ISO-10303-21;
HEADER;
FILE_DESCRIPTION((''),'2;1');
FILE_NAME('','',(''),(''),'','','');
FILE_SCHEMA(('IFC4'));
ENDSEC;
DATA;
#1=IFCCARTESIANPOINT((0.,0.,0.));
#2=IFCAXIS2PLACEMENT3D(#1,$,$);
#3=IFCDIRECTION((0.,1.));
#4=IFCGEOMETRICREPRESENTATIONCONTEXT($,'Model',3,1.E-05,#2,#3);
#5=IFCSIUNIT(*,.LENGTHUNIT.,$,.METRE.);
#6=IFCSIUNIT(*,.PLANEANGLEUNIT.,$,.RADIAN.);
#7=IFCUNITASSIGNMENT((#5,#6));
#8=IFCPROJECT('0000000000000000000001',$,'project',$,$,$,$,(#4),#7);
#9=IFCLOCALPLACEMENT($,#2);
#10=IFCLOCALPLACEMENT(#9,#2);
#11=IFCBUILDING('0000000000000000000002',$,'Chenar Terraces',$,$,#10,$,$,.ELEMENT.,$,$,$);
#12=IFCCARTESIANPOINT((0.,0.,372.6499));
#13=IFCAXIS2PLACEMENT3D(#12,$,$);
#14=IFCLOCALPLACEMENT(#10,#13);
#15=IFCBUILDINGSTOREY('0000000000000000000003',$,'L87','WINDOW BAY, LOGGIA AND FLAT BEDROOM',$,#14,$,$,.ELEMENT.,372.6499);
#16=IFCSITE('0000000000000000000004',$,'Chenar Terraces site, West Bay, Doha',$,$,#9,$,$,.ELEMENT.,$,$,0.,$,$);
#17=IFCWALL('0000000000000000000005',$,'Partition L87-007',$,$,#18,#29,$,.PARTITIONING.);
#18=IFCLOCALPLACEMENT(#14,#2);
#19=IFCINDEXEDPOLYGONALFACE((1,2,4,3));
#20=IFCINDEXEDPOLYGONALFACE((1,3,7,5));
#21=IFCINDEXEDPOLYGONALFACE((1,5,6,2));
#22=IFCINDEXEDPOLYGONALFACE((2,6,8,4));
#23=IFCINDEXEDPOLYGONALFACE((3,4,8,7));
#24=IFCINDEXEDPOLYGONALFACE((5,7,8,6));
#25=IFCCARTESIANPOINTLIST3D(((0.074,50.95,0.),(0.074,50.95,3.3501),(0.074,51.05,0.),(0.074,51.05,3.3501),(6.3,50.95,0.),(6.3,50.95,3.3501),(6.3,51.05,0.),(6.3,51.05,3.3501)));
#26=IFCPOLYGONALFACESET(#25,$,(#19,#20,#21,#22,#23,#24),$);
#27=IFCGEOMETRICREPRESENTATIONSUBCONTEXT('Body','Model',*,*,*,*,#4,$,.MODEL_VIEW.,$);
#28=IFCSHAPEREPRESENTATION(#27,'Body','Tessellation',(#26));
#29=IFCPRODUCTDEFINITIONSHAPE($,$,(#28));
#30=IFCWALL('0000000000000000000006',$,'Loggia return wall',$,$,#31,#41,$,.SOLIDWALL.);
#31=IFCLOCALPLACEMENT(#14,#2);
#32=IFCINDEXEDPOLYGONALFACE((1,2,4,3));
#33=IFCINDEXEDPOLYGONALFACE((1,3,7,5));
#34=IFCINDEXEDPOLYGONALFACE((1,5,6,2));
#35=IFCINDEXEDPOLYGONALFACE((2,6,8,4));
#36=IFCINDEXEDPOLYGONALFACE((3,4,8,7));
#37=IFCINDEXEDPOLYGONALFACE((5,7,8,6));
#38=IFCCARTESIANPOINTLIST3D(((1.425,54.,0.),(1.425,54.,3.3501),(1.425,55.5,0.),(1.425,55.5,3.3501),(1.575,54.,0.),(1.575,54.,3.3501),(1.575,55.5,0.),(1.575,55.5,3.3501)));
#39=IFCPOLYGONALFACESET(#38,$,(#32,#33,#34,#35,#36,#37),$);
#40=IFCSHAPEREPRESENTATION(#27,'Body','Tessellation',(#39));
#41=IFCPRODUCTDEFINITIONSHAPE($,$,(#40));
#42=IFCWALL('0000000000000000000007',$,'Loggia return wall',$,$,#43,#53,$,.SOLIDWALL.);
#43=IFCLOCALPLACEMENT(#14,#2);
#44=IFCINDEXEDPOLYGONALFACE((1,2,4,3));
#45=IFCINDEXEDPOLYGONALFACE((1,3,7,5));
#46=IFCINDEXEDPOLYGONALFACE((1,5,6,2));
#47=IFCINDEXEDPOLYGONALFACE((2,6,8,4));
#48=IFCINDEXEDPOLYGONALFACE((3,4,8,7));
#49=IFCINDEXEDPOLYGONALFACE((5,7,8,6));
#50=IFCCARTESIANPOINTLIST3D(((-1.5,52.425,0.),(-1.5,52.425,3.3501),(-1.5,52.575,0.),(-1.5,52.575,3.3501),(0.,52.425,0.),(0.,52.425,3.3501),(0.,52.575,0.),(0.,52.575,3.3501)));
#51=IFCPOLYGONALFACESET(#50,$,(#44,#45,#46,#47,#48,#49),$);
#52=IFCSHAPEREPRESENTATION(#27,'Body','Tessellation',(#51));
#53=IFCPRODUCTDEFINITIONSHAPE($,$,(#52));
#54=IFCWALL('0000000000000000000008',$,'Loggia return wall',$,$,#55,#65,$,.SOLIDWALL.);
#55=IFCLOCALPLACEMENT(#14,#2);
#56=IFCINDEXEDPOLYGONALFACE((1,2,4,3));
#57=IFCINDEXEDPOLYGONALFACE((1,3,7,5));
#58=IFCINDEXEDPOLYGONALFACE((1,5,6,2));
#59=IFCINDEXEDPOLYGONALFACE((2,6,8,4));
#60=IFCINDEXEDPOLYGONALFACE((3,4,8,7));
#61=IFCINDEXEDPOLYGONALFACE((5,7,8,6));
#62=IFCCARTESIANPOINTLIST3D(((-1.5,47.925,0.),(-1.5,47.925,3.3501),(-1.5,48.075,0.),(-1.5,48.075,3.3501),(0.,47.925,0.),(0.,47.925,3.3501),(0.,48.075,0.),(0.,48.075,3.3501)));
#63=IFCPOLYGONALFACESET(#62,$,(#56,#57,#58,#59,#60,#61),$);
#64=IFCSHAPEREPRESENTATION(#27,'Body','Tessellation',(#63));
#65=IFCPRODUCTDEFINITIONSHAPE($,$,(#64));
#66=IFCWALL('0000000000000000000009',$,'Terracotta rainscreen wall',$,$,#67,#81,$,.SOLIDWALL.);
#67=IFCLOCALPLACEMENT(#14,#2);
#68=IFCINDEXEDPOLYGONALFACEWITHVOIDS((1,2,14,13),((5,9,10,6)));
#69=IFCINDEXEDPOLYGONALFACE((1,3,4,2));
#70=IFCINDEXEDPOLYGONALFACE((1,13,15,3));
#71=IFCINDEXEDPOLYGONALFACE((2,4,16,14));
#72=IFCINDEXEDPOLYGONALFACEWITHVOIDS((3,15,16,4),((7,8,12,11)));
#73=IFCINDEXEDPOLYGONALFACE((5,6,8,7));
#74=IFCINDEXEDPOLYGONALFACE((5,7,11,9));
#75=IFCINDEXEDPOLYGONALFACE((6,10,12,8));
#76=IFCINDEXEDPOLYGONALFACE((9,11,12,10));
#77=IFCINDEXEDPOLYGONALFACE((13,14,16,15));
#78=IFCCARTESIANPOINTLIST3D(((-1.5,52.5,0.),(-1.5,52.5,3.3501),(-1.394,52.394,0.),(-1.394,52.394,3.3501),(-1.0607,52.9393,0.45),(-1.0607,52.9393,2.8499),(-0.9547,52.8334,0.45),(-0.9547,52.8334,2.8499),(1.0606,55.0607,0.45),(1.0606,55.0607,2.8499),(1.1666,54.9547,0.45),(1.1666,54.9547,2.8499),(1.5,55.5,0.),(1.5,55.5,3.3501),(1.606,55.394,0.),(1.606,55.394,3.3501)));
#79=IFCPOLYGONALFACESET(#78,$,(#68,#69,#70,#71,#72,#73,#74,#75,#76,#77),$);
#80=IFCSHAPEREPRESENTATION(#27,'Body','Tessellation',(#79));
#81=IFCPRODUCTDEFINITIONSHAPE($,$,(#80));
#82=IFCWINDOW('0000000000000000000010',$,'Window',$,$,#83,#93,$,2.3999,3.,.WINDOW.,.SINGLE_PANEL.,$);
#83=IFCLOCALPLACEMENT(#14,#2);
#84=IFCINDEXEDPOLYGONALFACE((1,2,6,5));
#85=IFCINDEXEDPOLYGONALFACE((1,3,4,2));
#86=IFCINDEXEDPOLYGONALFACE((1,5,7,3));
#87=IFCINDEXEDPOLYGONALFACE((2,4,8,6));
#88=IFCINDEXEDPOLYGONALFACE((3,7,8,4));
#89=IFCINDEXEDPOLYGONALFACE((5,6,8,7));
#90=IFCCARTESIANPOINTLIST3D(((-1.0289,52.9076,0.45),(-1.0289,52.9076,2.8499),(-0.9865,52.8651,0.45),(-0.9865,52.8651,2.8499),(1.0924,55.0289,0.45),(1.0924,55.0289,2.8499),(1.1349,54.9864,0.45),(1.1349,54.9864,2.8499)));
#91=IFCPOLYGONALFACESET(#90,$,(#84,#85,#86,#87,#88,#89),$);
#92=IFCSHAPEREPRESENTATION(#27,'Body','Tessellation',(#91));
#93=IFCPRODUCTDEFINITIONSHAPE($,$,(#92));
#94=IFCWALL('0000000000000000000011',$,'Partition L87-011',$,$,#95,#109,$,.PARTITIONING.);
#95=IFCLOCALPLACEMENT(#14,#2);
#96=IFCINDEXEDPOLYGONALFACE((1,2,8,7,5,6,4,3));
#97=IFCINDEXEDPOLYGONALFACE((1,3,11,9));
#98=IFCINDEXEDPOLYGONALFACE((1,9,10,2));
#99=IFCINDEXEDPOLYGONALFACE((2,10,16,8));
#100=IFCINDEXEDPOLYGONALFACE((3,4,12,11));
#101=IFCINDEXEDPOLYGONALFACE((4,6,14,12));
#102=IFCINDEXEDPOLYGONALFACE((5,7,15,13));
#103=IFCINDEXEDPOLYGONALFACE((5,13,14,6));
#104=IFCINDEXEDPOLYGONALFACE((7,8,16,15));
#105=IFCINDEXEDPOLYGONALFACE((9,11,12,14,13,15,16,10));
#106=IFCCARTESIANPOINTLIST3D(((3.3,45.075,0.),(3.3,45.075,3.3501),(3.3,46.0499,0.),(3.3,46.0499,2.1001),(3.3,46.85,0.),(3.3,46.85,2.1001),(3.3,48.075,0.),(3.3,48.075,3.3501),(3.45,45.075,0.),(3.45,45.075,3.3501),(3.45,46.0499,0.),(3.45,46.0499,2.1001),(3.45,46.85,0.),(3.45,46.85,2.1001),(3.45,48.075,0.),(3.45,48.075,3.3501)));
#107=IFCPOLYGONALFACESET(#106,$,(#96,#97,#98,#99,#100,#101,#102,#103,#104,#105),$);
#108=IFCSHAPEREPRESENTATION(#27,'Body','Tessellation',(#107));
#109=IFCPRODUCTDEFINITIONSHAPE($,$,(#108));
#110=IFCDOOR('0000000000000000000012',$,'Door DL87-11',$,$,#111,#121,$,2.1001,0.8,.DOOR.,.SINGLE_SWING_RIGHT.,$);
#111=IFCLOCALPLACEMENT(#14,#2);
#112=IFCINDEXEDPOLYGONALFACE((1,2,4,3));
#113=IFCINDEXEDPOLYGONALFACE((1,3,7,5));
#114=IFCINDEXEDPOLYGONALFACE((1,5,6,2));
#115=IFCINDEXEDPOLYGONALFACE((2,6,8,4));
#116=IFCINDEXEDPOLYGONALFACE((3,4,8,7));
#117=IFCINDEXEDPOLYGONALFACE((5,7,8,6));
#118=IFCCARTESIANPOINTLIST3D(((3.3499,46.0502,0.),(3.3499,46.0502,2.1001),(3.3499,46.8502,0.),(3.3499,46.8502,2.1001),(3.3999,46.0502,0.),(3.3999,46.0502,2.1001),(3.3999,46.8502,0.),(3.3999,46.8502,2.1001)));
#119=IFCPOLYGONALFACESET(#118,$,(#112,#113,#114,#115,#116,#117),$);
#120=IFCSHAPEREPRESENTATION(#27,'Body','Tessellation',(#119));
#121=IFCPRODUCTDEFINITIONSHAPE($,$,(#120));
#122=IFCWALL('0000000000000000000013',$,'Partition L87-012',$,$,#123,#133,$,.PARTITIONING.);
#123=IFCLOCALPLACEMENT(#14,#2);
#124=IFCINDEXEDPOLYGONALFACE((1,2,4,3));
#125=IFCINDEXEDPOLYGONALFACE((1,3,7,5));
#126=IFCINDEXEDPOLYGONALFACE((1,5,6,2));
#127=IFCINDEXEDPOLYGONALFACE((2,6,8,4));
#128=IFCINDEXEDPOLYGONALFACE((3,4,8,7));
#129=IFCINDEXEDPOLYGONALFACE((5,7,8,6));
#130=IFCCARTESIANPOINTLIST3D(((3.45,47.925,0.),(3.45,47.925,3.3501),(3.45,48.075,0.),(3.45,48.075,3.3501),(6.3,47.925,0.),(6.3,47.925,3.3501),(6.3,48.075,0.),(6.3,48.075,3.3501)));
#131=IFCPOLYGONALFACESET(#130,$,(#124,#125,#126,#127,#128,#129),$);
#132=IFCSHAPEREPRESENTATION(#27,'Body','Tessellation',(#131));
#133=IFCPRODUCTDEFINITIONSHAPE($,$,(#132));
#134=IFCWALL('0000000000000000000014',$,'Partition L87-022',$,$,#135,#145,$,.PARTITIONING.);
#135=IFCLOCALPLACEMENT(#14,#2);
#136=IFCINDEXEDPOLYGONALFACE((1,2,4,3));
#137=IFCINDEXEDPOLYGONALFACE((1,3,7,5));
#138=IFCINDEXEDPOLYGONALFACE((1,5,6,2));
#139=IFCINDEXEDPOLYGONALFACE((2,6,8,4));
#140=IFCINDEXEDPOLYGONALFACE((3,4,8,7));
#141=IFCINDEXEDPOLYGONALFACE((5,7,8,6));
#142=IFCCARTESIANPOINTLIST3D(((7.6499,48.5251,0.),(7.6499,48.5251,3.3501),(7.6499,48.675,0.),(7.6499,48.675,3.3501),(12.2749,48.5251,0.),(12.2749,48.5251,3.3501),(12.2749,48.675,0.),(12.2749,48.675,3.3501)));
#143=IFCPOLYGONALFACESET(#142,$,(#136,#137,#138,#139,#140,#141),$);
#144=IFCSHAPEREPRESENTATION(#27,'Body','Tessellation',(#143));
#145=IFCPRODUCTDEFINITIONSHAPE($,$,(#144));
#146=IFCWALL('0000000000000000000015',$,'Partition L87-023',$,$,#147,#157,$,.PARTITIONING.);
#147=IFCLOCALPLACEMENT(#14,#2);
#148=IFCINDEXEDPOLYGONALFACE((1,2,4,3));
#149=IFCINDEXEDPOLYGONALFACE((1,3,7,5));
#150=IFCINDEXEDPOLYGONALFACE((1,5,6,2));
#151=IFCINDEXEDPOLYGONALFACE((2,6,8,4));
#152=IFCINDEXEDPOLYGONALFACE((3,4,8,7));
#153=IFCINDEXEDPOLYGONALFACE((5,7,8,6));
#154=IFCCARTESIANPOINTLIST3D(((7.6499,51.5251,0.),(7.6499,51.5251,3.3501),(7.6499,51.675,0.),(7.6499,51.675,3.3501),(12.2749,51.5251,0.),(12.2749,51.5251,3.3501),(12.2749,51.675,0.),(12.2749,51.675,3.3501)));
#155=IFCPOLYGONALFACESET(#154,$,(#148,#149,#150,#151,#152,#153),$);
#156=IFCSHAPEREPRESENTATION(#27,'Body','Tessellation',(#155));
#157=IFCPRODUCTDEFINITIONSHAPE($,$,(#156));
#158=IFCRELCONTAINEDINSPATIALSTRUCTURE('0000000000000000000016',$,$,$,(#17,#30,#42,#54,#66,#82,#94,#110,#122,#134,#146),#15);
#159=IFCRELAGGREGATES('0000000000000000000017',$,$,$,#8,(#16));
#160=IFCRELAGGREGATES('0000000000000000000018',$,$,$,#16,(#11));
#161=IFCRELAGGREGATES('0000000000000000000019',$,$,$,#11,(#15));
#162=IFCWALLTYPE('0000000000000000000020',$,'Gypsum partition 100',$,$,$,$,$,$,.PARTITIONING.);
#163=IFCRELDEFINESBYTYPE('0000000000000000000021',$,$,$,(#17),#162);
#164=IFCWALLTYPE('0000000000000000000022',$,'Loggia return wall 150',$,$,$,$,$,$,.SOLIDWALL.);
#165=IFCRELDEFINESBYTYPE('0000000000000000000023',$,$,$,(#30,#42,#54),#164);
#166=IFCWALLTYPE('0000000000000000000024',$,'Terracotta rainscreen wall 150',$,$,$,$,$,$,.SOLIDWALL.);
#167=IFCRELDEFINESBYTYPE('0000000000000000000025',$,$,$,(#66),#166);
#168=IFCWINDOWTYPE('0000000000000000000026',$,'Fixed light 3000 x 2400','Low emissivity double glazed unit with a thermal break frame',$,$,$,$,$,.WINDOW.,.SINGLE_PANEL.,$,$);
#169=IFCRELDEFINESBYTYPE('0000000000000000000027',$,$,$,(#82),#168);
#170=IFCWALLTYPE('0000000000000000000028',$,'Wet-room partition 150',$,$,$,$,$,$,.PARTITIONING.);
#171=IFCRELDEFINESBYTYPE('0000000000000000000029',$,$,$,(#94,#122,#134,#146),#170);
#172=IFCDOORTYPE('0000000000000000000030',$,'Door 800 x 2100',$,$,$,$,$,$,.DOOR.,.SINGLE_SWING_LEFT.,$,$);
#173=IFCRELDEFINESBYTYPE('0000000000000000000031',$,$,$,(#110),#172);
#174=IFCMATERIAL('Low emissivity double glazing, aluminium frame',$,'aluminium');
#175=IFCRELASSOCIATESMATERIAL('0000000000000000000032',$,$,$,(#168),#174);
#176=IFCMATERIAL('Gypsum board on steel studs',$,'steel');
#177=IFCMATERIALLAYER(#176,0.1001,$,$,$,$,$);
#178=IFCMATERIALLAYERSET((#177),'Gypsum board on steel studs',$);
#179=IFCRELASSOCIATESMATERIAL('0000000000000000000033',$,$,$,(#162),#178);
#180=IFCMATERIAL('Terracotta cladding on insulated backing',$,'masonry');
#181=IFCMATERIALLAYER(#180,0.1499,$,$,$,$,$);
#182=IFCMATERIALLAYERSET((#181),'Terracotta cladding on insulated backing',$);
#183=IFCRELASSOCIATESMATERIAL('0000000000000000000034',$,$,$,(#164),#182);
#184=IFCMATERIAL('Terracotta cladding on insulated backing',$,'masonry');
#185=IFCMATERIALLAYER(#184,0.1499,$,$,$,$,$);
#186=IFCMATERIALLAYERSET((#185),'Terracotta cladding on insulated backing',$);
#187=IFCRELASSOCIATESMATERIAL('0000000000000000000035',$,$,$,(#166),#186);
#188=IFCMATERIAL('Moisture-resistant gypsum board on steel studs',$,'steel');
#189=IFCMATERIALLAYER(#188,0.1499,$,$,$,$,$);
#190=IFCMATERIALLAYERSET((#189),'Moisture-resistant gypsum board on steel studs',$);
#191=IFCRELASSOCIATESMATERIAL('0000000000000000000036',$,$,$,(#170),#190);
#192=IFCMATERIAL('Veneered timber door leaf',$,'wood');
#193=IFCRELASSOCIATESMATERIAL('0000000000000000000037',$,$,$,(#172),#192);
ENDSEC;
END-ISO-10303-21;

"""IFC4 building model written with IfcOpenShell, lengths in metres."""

from ifc_helpers import new_model, si_unit, direction, frame, frame_2d, origin, place, context, subcontext, project, spatial, rectangle, extrude, material, layer, layer_set, type_object, element, fill, save


model = new_model("IFC4")

# Units and contexts
model_context = context("Model", 3, precision=1e-05, world=origin(), true_north=direction((0.0, 1.0)))
body_context = subcontext(model_context, "Body", "Model", "MODEL_VIEW")
ifc_project = project(units=[si_unit("LENGTHUNIT", "METRE"), si_unit("PLANEANGLEUNIT", "RADIAN")], contexts=[model_context])

# Site, building, storey
site_placement = place(None, origin())
site = spatial("IfcSite", under=ifc_project, at=site_placement, Name="Chenar Terraces site, West Bay, Doha", CompositionType="ELEMENT", RefElevation=0.0)
building_placement = place(site_placement, origin())
building = spatial("IfcBuilding", under=site, at=building_placement, Name="Chenar Terraces", CompositionType="ELEMENT")
storey_placement = place(building_placement, frame((0.0, 0.0, 372.6499)))
storey = spatial("IfcBuildingStorey", under=building, at=storey_placement, Name="L87", Description="WINDOW BAY, LOGGIA AND FLAT BEDROOM", CompositionType="ELEMENT", Elevation=372.6499)

# Shared definitions
ifc_material_1 = material(Name="Low emissivity double glazing, aluminium frame", Category="aluminium")
window_type_1 = type_object("IfcWindowType", Name="Fixed light 3000 x 2400", Description="Low emissivity double glazed unit with a thermal break frame", PartitioningType="SINGLE_PANEL", PredefinedType="WINDOW", material=ifc_material_1)

# Walls
ifc_material_2 = material(Name="Gypsum board on steel studs", Category="steel")
ifc_layer_1 = layer(ifc_material_2, 0.1001)
ifc_layer_set_1 = layer_set([ifc_layer_1], Name="Gypsum board on steel studs")
wall_type_1 = type_object("IfcWallType", Name="Gypsum partition 100", PredefinedType="PARTITIONING", material=ifc_layer_set_1)
wall_1_placement = place(storey_placement, frame((0.074, 51.0, 0.0), z_axis=(0.0, 0.0, 1.0), x_axis=(1.0, 0.0, 0.0)))
element("IfcWall", 1, at=wall_1_placement, inside=storey, type_object=wall_type_1, Name="Partition L87-007", PredefinedType="PARTITIONING", context=body_context, shape_type="SweptSolid", body=[
    extrude(rectangle(XDim=6.2261, YDim=0.1001, at=frame_2d((3.113, 0.0))), origin(), (0.0, 0.0, 1.0), 3.3501),
])
ifc_material_3 = material(Name="Terracotta cladding on insulated backing", Category="masonry")
ifc_layer_2 = layer(ifc_material_3, 0.1499)
ifc_layer_set_2 = layer_set([ifc_layer_2], Name="Terracotta cladding on insulated backing")
wall_type_2 = type_object("IfcWallType", Name="Loggia return wall 150", PredefinedType="SOLIDWALL", material=ifc_layer_set_2)
for number, where, z_axis, x_axis, name in (
    (2, (1.5, 55.5, 0.0), (0.0, 0.0, 1.0), (0.0, -1.0, 0.0), "Loggia return wall"),
    (3, (-1.5, 52.5, 0.0), (0.0, 0.0, 1.0), (1.0, 0.0, 0.0), "Loggia return wall"),
    (4, (-1.5, 48.0, 0.0), (0.0, 0.0, 1.0), (1.0, 0.0, 0.0), "Loggia return wall"),
):
    element("IfcWall", number, at=place(storey_placement, frame(where, z_axis=z_axis, x_axis=x_axis)), inside=storey, type_object=wall_type_2, Name=name, PredefinedType="SOLIDWALL", context=body_context, shape_type="SweptSolid", body=[
        extrude(rectangle(XDim=1.5, YDim=0.1499, at=frame_2d((0.75, 0.0))), origin(), (0.0, 0.0, 1.0), 3.3501),
    ])

# Wall, opening, window
ifc_material_4 = material(Name="Terracotta cladding on insulated backing", Category="masonry")
ifc_layer_3 = layer(ifc_material_4, 0.1499)
ifc_layer_set_3 = layer_set([ifc_layer_3], Name="Terracotta cladding on insulated backing")
wall_type_3 = type_object("IfcWallType", Name="Terracotta rainscreen wall 150", PredefinedType="SOLIDWALL", material=ifc_layer_set_3)
wall_2_placement = place(storey_placement, frame((1.553, 55.447, 0.0), z_axis=(0.0, 0.0, 1.0), x_axis=(-0.707107, -0.707107, 0.0)))
wall_2 = element("IfcWall", 5, at=wall_2_placement, inside=storey, type_object=wall_type_3, Name="Terracotta rainscreen wall", PredefinedType="SOLIDWALL", context=body_context, shape_type="SweptSolid", body=[
    extrude(rectangle(XDim=4.2427, YDim=0.1499, at=frame_2d((2.1213, 0.0))), origin(), (0.0, 0.0, 1.0), 3.3501),
])
opening_1_placement = place(wall_2_placement, frame((0.6213, 0.0, 0.45)))
opening_1 = element("IfcOpeningElement", 6, at=opening_1_placement, cuts=wall_2, PredefinedType="OPENING", context=body_context, shape_type="SweptSolid", body=[
    extrude(rectangle(XDim=3.0, YDim=2.3999, at=frame_2d((1.5, 1.2))), frame((0.0, 0.085, 0.0), z_axis=(0.0, -1.0, 0.0), x_axis=(1.0, 0.0, 0.0)), (0.0, 0.0, 1.0), 0.1699),
])
window_1_placement = place(opening_1_placement, origin())
window_1 = element("IfcWindow", 7, at=window_1_placement, inside=storey, type_object=window_type_1, Name="Window", OverallHeight=2.3999, OverallWidth=3.0, PartitioningType="SINGLE_PANEL", PredefinedType="WINDOW", context=body_context, shape_type="SweptSolid", body=[
    extrude(rectangle(XDim=3.0, YDim=2.3999, at=frame_2d((1.5, 1.2))), frame((0.0, 0.03, 0.0), z_axis=(0.0, -1.0, 0.0), x_axis=(1.0, 0.0, 0.0)), (0.0, 0.0, 1.0), 0.0601),
])
fill(opening_1, window_1)

# Wall, opening, door
ifc_material_5 = material(Name="Moisture-resistant gypsum board on steel studs", Category="steel")
ifc_layer_4 = layer(ifc_material_5, 0.1499)
ifc_layer_set_4 = layer_set([ifc_layer_4], Name="Moisture-resistant gypsum board on steel studs")
wall_type_4 = type_object("IfcWallType", Name="Wet-room partition 150", PredefinedType="PARTITIONING", material=ifc_layer_set_4)
wall_3_placement = place(storey_placement, frame((3.375, 45.075, 0.0), z_axis=(0.0, 0.0, 1.0), x_axis=(0.0, 1.0, 0.0)))
wall_3 = element("IfcWall", 8, at=wall_3_placement, inside=storey, type_object=wall_type_4, Name="Partition L87-011", PredefinedType="PARTITIONING", context=body_context, shape_type="SweptSolid", body=[
    extrude(rectangle(XDim=3.0, YDim=0.1499, at=frame_2d((1.5, 0.0))), origin(), (0.0, 0.0, 1.0), 3.3501),
])
opening_2_placement = place(wall_3_placement, frame((0.9751, 0.0, 0.0)))
opening_2 = element("IfcOpeningElement", 9, at=opening_2_placement, cuts=wall_3, PredefinedType="OPENING", context=body_context, shape_type="SweptSolid", body=[
    extrude(rectangle(XDim=0.8, YDim=2.1001, at=frame_2d((0.3999, 1.05))), frame((0.0, 0.085, 0.0), z_axis=(0.0, -1.0, 0.0), x_axis=(1.0, 0.0, 0.0)), (0.0, 0.0, 1.0), 0.1699),
])
ifc_material_6 = material(Name="Veneered timber door leaf", Category="wood")
door_type_1 = type_object("IfcDoorType", Name="Door 800 x 2100", OperationType="SINGLE_SWING_LEFT", PredefinedType="DOOR", material=ifc_material_6)
door_1_placement = place(opening_2_placement, frame((0.8, 0.0, 0.0), z_axis=(0.0, 0.0, 1.0), x_axis=(-1.0, 0.0, 0.0)))
door_1 = element("IfcDoor", 10, at=door_1_placement, inside=storey, type_object=door_type_1, Name="Door DL87-11", OperationType="SINGLE_SWING_RIGHT", OverallHeight=2.1001, OverallWidth=0.8, PredefinedType="DOOR", context=body_context, shape_type="SweptSolid", body=[
    extrude(rectangle(XDim=0.8, YDim=2.1001, at=frame_2d((0.3999, 1.05))), frame((0.0, 0.0249, 0.0), z_axis=(0.0, -1.0, 0.0), x_axis=(1.0, 0.0, 0.0)), (0.0, 0.0, 1.0), 0.05),
])
fill(opening_2, door_1)

# Walls
wall_4_placement = place(storey_placement, frame((3.45, 48.0, 0.0), z_axis=(0.0, 0.0, 1.0), x_axis=(1.0, 0.0, 0.0)))
element("IfcWall", 11, at=wall_4_placement, inside=storey, type_object=wall_type_4, Name="Partition L87-012", PredefinedType="PARTITIONING", context=body_context, shape_type="SweptSolid", body=[
    extrude(rectangle(XDim=2.8501, YDim=0.1499, at=frame_2d((1.425, 0.0))), origin(), (0.0, 0.0, 1.0), 3.3501),
])
for number, where, z_axis, x_axis, name in (
    (12, (7.6499, 48.6001, 0.0), (0.0, 0.0, 1.0), (1.0, 0.0, 0.0), "Partition L87-022"),
    (13, (7.6499, 51.6001, 0.0), (0.0, 0.0, 1.0), (1.0, 0.0, 0.0), "Partition L87-023"),
):
    element("IfcWall", number, at=place(storey_placement, frame(where, z_axis=z_axis, x_axis=x_axis)), inside=storey, type_object=wall_type_4, Name=name, PredefinedType="PARTITIONING", context=body_context, shape_type="SweptSolid", body=[
        extrude(rectangle(XDim=4.625, YDim=0.1499, at=frame_2d((2.3125, 0.0))), origin(), (0.0, 0.0, 1.0), 3.3501),
    ])

save(model, "model.ifc")
